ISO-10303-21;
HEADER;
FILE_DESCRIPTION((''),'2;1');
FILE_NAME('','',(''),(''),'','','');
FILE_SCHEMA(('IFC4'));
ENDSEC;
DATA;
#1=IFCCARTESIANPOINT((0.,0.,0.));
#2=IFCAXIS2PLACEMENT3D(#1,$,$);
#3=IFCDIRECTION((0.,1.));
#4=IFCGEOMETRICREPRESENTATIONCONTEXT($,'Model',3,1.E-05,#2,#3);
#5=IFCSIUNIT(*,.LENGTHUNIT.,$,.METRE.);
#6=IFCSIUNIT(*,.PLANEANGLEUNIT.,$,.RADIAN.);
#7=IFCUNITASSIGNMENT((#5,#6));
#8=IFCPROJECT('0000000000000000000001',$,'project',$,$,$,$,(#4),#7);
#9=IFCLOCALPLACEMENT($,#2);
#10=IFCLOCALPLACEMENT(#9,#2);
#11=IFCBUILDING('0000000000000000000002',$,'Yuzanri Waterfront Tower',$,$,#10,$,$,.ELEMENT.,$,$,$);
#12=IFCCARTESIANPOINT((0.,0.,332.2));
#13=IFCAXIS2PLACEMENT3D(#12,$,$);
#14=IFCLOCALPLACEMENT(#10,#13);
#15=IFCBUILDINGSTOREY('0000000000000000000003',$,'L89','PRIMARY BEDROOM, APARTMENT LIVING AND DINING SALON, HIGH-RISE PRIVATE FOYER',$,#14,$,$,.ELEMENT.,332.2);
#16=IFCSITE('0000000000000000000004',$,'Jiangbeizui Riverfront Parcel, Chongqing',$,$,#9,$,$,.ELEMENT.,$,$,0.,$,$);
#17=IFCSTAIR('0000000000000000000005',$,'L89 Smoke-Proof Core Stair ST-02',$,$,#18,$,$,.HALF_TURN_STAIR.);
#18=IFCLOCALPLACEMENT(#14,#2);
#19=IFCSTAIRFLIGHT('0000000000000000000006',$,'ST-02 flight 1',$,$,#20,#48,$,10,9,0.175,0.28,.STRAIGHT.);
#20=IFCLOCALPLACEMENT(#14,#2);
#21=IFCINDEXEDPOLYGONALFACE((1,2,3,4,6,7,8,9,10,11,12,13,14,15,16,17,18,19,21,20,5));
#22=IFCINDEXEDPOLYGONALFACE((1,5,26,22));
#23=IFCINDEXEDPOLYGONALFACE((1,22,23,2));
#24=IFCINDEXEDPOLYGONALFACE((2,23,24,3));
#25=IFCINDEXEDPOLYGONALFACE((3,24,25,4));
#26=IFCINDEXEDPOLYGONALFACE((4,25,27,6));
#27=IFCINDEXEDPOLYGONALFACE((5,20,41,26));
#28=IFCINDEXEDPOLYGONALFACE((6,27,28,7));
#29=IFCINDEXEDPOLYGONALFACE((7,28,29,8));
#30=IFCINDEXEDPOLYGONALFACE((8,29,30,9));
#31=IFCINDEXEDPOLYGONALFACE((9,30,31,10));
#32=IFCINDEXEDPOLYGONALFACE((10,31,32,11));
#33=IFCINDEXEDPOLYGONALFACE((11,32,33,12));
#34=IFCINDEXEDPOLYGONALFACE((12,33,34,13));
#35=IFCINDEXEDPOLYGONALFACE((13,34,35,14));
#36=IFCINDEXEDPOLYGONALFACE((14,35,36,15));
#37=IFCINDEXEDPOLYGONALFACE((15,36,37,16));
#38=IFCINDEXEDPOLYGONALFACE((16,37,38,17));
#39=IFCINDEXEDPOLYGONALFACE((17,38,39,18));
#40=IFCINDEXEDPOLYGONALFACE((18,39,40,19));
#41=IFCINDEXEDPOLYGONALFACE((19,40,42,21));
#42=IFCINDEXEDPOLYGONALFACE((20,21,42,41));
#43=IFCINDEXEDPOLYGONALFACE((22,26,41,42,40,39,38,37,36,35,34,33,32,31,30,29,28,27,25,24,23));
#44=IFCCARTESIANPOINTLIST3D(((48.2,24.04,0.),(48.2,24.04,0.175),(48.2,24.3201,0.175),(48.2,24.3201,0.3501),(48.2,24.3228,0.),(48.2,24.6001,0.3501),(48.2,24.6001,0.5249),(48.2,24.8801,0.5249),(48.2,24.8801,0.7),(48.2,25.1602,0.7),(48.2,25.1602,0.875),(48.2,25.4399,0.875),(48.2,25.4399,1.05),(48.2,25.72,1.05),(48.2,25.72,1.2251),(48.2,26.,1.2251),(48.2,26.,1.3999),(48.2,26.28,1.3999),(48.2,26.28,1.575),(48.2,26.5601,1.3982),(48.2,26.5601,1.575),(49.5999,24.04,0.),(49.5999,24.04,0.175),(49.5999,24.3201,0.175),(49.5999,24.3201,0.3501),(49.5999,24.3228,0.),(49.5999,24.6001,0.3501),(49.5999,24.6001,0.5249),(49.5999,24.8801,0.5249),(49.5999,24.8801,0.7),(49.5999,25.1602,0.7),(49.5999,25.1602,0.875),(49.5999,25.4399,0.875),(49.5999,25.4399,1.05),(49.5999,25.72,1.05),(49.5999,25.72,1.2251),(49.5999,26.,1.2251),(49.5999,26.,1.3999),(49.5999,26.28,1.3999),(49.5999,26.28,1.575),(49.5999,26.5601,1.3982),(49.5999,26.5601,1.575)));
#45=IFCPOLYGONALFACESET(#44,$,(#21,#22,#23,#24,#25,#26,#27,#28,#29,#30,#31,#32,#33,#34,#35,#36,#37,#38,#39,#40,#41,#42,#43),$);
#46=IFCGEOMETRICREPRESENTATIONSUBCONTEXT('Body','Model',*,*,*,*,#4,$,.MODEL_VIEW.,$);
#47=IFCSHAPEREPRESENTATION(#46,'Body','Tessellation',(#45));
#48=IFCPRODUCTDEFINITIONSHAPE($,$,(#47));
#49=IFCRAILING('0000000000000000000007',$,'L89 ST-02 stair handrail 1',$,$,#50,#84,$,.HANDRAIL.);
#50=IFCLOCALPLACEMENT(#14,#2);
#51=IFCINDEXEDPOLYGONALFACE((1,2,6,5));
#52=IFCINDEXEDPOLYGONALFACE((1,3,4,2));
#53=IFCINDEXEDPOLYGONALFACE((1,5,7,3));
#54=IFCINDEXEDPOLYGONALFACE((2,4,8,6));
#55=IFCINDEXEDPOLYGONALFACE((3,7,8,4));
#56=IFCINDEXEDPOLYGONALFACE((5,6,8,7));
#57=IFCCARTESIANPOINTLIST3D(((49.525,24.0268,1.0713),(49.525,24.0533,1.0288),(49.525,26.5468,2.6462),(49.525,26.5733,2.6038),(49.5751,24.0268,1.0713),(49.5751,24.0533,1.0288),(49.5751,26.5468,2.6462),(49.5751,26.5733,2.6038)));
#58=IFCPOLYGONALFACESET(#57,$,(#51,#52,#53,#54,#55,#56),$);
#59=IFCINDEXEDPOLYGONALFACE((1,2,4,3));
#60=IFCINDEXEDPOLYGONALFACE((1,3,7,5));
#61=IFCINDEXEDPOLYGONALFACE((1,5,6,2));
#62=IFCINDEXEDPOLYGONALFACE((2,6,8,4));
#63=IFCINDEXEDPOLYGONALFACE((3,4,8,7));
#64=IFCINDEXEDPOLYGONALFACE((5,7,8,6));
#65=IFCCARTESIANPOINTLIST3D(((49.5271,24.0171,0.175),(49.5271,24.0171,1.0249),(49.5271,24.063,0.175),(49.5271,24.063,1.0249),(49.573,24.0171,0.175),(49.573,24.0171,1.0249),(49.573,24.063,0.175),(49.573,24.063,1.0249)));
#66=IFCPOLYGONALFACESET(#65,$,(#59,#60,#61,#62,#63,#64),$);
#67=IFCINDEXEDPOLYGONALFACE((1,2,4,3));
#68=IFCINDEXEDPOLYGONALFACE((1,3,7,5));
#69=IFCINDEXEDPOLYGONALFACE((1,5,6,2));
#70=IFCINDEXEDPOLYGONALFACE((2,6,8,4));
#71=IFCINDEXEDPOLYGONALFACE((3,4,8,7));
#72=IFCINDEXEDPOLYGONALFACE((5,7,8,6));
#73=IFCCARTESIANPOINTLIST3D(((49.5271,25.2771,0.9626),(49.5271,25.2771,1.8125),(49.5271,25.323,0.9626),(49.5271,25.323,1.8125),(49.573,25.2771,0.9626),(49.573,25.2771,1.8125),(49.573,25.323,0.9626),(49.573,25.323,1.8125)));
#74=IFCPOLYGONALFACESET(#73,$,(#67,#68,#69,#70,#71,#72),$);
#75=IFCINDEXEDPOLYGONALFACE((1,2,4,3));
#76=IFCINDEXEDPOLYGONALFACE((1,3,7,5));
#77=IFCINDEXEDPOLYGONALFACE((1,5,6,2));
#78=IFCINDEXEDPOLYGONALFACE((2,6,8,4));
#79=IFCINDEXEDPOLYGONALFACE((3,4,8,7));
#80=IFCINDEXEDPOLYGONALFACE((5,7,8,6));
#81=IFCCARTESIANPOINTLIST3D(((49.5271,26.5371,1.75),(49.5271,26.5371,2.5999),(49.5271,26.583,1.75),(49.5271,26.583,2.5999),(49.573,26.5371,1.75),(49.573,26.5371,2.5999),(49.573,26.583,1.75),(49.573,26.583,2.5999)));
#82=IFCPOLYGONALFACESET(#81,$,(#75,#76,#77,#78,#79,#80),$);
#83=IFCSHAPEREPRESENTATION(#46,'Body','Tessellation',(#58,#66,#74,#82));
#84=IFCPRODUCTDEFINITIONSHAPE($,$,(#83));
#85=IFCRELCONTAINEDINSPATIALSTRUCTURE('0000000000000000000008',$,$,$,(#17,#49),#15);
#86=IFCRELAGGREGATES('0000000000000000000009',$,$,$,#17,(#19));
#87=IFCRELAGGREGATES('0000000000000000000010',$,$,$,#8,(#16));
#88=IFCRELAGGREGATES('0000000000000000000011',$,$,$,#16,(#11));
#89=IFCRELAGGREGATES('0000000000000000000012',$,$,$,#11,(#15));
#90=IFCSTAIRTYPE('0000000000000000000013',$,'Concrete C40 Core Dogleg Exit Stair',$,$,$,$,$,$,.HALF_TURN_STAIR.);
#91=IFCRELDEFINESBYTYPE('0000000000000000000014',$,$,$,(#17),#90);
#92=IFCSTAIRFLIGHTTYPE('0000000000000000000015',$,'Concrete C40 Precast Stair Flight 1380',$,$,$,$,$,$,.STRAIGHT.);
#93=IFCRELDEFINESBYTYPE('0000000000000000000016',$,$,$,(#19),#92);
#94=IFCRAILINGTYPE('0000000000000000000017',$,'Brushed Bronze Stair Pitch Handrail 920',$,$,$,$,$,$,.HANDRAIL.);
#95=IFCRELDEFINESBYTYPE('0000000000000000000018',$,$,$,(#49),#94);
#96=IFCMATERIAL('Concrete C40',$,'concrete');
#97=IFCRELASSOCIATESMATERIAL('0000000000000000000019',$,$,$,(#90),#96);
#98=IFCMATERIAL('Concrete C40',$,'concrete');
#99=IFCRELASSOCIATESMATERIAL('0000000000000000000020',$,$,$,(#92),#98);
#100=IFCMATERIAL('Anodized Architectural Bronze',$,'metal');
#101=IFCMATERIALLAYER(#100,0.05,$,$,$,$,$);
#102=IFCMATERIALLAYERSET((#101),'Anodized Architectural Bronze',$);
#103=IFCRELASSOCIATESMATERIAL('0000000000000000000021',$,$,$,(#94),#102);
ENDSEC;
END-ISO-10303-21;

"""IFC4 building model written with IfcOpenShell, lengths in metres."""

from ifc_helpers import new_model, si_unit, direction, frame, origin, origin_2d, place, context, subcontext, project, spatial, polyline, rectangle, outline, extrude, source, transform, mapped, material, layer, layer_set, type_object, element, aggregate, save


model = new_model("IFC4")

# Units and contexts
model_context = context("Model", 3, precision=1e-05, world=origin(), true_north=direction((0.0, 1.0)))
body_context = subcontext(model_context, "Body", "Model", "MODEL_VIEW")
ifc_project = project(units=[si_unit("LENGTHUNIT", "METRE"), si_unit("PLANEANGLEUNIT", "RADIAN")], contexts=[model_context])

# Site, building, storey
site_placement = place(None, origin())
site = spatial("IfcSite", under=ifc_project, at=site_placement, Name="Jiangbeizui Riverfront Parcel, Chongqing", CompositionType="ELEMENT", RefElevation=0.0)
building_placement = place(site_placement, origin())
building = spatial("IfcBuilding", under=site, at=building_placement, Name="Yuzanri Waterfront Tower", CompositionType="ELEMENT")
storey_placement = place(building_placement, frame((0.0, 0.0, 332.2)))
storey = spatial("IfcBuildingStorey", under=building, at=storey_placement, Name="L89", Description="PRIMARY BEDROOM, APARTMENT LIVING AND DINING SALON, HIGH-RISE PRIVATE FOYER", CompositionType="ELEMENT", Elevation=332.2)

# Stair, stair flight
ifc_material_1 = material(Name="Concrete C40", Category="concrete")
stair_type = type_object("IfcStairType", Name="Concrete C40 Core Dogleg Exit Stair", PredefinedType="HALF_TURN_STAIR", material=ifc_material_1)
stair_placement = place(storey_placement, origin())
stair = element("IfcStair", 1, at=stair_placement, inside=storey, type_object=stair_type, Name="L89 Smoke-Proof Core Stair ST-02", PredefinedType="HALF_TURN_STAIR")
ifc_material_2 = material(Name="Concrete C40", Category="concrete")
stair_flight_type = type_object("IfcStairFlightType", Name="Concrete C40 Precast Stair Flight 1380", PredefinedType="STRAIGHT", material=ifc_material_2)
shared_shape_1 = source(origin(), body_context, "Body", "SweptSolid", [
    extrude(outline(polyline([(0.0, 0.0), (0.0, 0.175), (0.28, 0.175), (0.28, 0.3501), (0.5601, 0.3501), (0.5601, 0.5249), (0.8401, 0.5249), (0.8401, 0.7), (1.1201, 0.7), (1.1201, 0.875), (1.3999, 0.875), (1.3999, 1.05), (1.6799, 1.05), (1.6799, 1.2251), (1.96, 1.2251), (1.96, 1.3999), (2.24, 1.3999), (2.24, 1.575), (2.52, 1.575), (2.52, 1.75), (2.52, 1.3982), (0.2827, 0.0), (0.0, 0.0)])), frame((0.0, 0.7, 0.0), z_axis=(0.0, -1.0, 0.0), x_axis=(1.0, 0.0, 0.0)), (0.0, 0.0, 1.0), 1.3999),
])
stair_flight_placement = place(storey_placement, frame((48.8999, 24.04, 0.0), z_axis=(0.0, 0.0, 1.0), x_axis=(0.0, 1.0, 0.0)))
stair_flight = element("IfcStairFlight", 2, at=stair_flight_placement, type_object=stair_flight_type, Name="ST-02 flight 1", NumberOfRisers=10, NumberOfTreads=9, PredefinedType="STRAIGHT", RiserHeight=0.175, TreadLength=0.28, context=body_context, shape_type="MappedRepresentation", body=[
    mapped(shared_shape_1, transform((0.0, 0.0, 0.0), scale=1.0)),
])
aggregate(stair, [stair_flight])

# Railing
ifc_material_3 = material(Name="Anodized Architectural Bronze", Category="metal")
ifc_layer_1 = layer(ifc_material_3, 0.05)
ifc_layer_set_1 = layer_set([ifc_layer_1], Name="Anodized Architectural Bronze")
railing_type = type_object("IfcRailingType", Name="Brushed Bronze Stair Pitch Handrail 920", PredefinedType="HANDRAIL", material=ifc_layer_set_1)
shared_shape_2 = source(origin(), body_context, "Body", "SweptSolid", [
    extrude(rectangle(XDim=0.05, YDim=0.05, at=origin_2d()), frame((0.0, 0.0, 0.875), z_axis=(0.0, 0.848008, 0.529984), x_axis=(-1.0, 0.0, 0.0)), (0.0, 0.0, 1.0), 2.9717),
    extrude(rectangle(XDim=0.0459, YDim=0.0459, at=origin_2d()), origin(), (0.0, 0.0, 1.0), 0.8499),
    extrude(rectangle(XDim=0.0459, YDim=0.0459, at=origin_2d()), frame((0.0, 1.26, 0.7876)), (0.0, 0.0, 1.0), 0.8499),
    extrude(rectangle(XDim=0.0459, YDim=0.0459, at=origin_2d()), frame((0.0, 2.52, 1.575)), (0.0, 0.0, 1.0), 0.8499),
])
railing_placement = place(storey_placement, frame((49.55, 24.04, 0.175)))
element("IfcRailing", 3, at=railing_placement, inside=storey, type_object=railing_type, Name="L89 ST-02 stair handrail 1", PredefinedType="HANDRAIL", context=body_context, shape_type="MappedRepresentation", body=[
    mapped(shared_shape_2, transform((0.0, 0.0, 0.0), scale=1.0)),
])

save(model, "model.ifc")
